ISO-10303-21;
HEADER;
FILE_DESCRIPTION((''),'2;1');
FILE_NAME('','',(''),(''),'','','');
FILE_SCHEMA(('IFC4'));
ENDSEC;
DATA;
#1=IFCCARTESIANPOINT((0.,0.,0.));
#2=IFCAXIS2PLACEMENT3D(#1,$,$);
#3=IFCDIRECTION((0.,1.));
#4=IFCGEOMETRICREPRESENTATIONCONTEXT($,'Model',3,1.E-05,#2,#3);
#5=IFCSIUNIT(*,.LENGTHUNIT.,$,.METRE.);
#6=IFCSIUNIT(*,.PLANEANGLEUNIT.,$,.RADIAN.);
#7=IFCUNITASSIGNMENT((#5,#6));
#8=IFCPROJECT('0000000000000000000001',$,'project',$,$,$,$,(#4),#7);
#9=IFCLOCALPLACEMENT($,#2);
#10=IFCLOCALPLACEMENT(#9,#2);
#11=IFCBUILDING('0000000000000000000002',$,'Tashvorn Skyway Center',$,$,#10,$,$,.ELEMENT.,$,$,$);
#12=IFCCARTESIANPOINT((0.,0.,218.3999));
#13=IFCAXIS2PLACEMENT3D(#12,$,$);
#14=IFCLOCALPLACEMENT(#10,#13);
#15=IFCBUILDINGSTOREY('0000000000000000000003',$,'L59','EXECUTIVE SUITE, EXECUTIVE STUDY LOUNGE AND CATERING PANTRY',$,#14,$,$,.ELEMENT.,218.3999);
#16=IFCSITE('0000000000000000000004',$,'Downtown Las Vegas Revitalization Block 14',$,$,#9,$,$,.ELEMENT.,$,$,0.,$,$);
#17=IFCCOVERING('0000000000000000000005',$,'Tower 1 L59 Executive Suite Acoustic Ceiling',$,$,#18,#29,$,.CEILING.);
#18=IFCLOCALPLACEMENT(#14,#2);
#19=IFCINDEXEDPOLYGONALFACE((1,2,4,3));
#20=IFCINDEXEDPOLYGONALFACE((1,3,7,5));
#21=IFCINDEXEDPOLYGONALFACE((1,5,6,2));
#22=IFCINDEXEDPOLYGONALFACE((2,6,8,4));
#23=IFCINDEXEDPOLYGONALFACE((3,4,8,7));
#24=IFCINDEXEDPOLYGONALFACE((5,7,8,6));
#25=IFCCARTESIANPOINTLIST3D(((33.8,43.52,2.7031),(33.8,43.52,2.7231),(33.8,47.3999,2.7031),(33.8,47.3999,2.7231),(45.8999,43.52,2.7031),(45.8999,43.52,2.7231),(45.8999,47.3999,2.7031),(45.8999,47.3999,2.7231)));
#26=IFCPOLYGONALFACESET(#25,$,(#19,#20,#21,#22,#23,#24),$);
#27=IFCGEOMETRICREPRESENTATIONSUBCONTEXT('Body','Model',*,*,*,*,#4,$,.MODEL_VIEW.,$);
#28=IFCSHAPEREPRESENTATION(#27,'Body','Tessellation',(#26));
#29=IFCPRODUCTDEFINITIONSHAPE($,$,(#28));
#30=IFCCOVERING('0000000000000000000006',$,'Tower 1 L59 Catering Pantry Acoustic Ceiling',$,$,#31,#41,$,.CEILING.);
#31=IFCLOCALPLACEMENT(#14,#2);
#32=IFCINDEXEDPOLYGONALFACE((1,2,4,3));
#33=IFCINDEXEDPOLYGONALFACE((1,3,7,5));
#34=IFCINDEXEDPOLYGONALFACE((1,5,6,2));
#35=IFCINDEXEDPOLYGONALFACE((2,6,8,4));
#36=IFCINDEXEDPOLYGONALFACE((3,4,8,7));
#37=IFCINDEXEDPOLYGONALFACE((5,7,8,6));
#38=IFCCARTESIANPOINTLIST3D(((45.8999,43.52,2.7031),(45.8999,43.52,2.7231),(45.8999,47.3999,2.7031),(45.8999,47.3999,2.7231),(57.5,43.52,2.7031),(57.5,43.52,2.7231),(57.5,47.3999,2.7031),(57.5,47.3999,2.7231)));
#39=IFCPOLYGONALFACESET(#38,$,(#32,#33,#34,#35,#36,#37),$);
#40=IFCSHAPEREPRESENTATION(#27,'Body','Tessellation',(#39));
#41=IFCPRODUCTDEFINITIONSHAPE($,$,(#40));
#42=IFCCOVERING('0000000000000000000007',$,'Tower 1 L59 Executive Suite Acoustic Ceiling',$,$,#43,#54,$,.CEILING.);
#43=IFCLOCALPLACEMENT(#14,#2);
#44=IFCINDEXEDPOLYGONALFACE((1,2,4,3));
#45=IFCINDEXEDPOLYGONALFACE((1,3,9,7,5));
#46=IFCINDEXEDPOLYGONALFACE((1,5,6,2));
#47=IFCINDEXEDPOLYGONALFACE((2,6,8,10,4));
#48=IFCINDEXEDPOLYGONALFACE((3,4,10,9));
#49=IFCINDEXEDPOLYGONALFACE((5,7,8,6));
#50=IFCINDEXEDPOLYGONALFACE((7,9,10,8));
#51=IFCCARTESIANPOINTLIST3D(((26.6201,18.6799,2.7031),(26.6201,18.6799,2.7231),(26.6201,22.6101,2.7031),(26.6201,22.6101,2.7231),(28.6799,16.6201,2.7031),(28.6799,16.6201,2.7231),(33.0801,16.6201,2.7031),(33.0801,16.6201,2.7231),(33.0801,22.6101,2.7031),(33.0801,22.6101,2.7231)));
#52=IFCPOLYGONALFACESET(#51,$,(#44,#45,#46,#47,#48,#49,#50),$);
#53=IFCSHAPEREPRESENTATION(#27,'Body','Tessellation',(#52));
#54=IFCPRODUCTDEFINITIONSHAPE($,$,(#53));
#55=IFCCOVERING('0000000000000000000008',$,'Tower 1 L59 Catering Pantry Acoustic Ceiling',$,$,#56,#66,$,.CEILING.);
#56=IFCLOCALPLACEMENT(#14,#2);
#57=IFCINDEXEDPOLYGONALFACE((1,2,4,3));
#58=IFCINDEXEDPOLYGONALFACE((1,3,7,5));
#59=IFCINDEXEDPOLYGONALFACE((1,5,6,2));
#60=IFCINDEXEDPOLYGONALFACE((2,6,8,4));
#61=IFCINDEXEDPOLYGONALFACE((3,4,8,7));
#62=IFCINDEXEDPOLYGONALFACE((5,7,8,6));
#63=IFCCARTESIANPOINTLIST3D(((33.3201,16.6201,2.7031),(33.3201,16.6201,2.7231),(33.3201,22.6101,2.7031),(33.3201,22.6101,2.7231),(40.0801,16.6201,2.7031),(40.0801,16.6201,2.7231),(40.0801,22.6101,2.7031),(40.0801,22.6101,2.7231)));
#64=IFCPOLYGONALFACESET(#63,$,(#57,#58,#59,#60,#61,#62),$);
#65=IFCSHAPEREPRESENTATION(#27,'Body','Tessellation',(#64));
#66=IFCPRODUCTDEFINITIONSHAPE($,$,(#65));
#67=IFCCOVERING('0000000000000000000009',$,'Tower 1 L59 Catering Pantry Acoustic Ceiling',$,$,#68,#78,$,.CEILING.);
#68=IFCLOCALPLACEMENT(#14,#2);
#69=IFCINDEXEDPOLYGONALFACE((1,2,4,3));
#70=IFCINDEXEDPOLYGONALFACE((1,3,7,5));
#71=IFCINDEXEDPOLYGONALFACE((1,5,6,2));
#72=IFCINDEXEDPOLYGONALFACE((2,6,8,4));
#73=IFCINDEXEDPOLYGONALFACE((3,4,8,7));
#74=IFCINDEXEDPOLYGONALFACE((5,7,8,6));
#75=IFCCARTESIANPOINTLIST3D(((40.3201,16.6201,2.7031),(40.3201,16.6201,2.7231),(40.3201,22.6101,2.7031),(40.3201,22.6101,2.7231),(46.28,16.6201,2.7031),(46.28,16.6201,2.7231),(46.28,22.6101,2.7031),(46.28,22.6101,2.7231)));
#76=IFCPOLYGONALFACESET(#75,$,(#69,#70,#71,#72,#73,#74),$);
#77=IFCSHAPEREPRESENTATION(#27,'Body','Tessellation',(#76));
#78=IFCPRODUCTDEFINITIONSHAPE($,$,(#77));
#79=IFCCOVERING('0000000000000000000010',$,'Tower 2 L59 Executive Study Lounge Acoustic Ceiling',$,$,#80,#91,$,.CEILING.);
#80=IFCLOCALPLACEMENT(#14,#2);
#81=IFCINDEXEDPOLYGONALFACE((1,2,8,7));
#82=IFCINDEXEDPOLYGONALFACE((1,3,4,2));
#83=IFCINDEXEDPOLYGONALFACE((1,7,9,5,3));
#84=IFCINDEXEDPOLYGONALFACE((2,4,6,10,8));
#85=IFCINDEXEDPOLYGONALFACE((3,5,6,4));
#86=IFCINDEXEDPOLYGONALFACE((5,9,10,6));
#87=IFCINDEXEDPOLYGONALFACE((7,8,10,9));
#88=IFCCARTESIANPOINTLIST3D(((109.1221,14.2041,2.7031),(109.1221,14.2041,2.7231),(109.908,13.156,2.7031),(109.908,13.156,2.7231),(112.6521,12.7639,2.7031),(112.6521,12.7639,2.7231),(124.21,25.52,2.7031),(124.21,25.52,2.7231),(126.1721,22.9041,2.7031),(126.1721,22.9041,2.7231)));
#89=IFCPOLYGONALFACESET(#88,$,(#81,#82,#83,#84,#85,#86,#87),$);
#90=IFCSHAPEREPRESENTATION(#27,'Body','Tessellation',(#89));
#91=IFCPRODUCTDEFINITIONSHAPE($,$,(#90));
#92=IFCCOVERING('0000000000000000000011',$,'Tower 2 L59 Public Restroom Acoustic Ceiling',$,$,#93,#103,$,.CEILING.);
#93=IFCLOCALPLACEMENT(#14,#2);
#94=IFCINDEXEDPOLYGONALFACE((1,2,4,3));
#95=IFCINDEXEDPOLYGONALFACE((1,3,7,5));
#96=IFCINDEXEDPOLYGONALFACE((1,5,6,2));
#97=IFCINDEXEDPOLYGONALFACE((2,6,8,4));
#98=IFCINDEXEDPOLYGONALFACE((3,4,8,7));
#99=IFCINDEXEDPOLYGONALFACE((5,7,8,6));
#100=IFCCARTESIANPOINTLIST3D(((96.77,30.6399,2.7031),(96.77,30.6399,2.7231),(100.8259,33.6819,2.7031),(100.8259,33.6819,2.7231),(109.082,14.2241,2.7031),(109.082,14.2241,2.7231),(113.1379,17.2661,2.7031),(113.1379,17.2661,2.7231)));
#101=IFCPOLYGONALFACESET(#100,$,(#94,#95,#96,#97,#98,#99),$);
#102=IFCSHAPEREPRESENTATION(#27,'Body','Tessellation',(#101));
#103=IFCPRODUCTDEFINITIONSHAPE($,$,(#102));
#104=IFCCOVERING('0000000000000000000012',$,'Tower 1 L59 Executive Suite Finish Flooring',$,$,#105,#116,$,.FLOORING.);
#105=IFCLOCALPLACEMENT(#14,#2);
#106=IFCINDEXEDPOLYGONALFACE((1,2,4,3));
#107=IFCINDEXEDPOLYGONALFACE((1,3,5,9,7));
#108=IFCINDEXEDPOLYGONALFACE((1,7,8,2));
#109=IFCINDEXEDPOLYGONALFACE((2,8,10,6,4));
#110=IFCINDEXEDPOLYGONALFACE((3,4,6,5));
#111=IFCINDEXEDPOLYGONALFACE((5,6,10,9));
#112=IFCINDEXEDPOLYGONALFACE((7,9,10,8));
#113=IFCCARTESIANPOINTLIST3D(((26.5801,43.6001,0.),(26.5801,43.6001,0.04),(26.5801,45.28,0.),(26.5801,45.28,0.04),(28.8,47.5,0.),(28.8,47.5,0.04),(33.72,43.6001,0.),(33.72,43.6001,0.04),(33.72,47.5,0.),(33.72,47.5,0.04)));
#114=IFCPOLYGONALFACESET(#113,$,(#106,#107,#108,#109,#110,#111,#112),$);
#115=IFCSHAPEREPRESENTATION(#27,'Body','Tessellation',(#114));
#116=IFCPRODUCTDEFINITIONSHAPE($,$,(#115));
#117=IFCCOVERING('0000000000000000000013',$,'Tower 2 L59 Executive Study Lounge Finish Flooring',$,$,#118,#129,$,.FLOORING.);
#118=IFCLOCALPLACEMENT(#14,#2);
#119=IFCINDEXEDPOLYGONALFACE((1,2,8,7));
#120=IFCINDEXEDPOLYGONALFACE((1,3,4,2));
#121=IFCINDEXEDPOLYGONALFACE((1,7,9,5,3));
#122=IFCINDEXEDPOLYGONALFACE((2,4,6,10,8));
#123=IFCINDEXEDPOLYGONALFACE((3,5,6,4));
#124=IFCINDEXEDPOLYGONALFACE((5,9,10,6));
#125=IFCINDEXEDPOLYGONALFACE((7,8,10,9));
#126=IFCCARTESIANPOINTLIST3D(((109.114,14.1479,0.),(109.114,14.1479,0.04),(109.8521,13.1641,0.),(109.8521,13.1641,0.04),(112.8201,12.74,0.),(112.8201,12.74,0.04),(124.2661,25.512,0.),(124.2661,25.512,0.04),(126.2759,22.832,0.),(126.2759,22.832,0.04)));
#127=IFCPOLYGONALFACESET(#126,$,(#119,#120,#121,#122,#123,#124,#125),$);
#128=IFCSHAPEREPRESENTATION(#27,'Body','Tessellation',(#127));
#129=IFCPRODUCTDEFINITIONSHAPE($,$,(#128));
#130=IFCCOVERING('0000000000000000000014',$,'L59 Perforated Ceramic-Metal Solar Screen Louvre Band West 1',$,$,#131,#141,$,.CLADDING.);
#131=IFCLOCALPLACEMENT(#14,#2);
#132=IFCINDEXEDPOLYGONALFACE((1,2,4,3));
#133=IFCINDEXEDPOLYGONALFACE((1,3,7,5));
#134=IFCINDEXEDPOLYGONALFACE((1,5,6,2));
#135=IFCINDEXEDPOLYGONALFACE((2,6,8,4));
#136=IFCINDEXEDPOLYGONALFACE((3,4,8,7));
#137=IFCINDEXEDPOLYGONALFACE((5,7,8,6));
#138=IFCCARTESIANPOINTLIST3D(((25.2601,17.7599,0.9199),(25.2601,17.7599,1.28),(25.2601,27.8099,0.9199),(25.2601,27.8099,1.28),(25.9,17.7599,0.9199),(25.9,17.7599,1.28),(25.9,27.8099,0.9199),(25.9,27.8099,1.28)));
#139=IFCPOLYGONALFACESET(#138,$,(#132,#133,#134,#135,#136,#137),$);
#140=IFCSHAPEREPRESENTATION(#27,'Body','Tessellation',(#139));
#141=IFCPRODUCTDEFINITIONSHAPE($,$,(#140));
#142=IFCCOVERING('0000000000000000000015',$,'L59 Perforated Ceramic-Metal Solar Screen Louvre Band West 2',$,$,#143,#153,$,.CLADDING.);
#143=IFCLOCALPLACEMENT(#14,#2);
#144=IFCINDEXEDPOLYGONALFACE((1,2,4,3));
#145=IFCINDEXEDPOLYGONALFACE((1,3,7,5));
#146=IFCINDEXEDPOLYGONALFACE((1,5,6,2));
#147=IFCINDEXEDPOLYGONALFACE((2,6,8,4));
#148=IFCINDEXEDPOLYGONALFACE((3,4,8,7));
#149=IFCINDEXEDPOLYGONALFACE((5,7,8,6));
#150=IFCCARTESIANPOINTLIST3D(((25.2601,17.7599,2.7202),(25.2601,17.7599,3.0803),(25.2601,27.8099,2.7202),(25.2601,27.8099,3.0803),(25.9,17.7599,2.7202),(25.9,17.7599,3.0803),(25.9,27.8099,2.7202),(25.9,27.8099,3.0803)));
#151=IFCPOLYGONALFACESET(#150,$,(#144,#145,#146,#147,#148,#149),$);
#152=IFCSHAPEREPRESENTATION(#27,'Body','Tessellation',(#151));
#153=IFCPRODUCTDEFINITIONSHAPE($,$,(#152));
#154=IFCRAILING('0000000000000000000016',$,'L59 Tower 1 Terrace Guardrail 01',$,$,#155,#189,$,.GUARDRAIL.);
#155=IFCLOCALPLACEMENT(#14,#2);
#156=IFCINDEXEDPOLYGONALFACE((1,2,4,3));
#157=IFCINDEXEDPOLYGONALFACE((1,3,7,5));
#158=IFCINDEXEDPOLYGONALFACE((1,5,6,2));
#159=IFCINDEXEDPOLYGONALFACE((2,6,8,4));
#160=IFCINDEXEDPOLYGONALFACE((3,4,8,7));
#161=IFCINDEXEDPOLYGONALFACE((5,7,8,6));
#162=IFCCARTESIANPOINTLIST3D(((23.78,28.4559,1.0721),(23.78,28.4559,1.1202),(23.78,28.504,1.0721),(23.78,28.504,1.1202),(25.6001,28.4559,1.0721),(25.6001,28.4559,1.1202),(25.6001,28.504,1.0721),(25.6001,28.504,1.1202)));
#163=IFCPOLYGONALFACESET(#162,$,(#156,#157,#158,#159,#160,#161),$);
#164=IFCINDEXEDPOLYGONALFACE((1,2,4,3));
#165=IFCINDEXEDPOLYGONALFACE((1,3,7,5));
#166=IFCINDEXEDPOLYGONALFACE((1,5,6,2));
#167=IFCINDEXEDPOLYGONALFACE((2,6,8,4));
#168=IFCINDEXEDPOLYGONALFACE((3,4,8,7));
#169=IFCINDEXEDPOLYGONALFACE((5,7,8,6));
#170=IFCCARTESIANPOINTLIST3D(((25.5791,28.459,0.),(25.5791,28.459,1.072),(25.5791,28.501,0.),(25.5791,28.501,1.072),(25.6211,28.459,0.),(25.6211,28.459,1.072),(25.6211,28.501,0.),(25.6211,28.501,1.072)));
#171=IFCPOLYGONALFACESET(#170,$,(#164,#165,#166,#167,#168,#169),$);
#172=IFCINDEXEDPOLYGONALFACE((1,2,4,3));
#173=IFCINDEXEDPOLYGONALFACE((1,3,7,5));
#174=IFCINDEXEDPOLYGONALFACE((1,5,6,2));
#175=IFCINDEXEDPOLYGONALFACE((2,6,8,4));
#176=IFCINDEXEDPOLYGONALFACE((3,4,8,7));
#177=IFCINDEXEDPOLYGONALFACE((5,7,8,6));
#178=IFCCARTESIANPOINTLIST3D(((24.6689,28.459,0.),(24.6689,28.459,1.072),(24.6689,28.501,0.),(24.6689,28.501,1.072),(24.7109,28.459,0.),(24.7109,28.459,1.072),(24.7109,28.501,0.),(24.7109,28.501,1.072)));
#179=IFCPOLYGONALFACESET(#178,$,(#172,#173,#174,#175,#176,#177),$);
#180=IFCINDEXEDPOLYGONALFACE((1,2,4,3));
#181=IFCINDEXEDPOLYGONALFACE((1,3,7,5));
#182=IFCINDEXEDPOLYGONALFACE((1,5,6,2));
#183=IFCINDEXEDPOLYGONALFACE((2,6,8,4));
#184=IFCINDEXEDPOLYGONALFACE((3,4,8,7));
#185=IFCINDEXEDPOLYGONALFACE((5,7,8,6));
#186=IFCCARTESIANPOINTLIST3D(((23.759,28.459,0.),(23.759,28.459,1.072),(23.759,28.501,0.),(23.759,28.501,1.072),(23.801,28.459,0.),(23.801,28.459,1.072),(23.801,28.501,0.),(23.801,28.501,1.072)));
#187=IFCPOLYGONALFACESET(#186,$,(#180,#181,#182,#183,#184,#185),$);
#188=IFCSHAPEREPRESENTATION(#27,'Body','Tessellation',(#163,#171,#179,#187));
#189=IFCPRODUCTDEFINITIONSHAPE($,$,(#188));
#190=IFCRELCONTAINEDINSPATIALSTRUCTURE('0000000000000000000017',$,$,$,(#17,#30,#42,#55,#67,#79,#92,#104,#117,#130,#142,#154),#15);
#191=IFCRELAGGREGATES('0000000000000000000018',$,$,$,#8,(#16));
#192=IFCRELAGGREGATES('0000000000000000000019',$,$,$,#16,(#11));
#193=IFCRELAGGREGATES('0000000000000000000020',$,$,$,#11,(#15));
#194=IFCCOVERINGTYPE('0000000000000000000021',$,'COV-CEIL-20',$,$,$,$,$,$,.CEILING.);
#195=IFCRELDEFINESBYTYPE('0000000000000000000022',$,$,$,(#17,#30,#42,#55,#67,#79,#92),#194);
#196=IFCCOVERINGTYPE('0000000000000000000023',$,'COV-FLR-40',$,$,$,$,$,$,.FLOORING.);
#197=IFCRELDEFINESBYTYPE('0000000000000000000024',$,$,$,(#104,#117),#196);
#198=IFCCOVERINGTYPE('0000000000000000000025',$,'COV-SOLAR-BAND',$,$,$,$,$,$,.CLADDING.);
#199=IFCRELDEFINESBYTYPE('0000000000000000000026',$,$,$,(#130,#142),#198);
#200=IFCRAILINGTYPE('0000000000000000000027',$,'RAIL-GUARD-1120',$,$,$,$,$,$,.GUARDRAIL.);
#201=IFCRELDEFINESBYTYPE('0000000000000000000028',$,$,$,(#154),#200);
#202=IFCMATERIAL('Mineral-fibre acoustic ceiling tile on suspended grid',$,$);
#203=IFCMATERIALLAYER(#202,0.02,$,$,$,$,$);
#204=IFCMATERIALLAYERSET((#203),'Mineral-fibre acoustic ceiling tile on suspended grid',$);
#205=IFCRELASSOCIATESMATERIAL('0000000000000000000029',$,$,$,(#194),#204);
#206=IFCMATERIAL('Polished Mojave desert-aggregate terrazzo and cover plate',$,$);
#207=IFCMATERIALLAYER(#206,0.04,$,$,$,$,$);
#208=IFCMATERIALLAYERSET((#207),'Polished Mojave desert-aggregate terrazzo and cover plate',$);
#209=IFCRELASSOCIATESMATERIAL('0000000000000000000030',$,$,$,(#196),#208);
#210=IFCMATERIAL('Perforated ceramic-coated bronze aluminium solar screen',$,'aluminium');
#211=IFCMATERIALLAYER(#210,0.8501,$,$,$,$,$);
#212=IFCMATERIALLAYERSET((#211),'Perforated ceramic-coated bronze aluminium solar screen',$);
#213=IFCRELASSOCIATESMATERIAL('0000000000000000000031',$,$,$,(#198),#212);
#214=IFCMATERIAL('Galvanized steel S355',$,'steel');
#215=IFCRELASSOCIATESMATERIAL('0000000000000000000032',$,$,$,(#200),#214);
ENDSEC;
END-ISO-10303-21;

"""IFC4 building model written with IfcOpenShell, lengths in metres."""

from ifc_helpers import new_model, si_unit, direction, frame, origin, origin_2d, place, context, subcontext, project, spatial, polyline, rectangle, outline, extrude, material, layer, layer_set, type_object, element, save


model = new_model("IFC4")

# Units and contexts
model_context = context("Model", 3, precision=1e-05, world=origin(), true_north=direction((0.0, 1.0)))
body_context = subcontext(model_context, "Body", "Model", "MODEL_VIEW")
ifc_project = project(units=[si_unit("LENGTHUNIT", "METRE"), si_unit("PLANEANGLEUNIT", "RADIAN")], contexts=[model_context])

# Site, building, storey
site_placement = place(None, origin())
site = spatial("IfcSite", under=ifc_project, at=site_placement, Name="Downtown Las Vegas Revitalization Block 14", CompositionType="ELEMENT", RefElevation=0.0)
building_placement = place(site_placement, origin())
building = spatial("IfcBuilding", under=site, at=building_placement, Name="Tashvorn Skyway Center", CompositionType="ELEMENT")
storey_placement = place(building_placement, frame((0.0, 0.0, 218.3999)))
storey = spatial("IfcBuildingStorey", under=building, at=storey_placement, Name="L59", Description="EXECUTIVE SUITE, EXECUTIVE STUDY LOUNGE AND CATERING PANTRY", CompositionType="ELEMENT", Elevation=218.3999)

# Coverings
ifc_material_1 = material(Name="Mineral-fibre acoustic ceiling tile on suspended grid")
ifc_layer_1 = layer(ifc_material_1, 0.02)
ifc_layer_set_1 = layer_set([ifc_layer_1], Name="Mineral-fibre acoustic ceiling tile on suspended grid")
covering_type_1 = type_object("IfcCoveringType", Name="COV-CEIL-20", PredefinedType="CEILING", material=ifc_layer_set_1)
covering_1_placement = place(storey_placement, frame((0.0, 0.0, 2.7031)))
element("IfcCovering", 1, at=covering_1_placement, inside=storey, type_object=covering_type_1, Name="Tower 1 L59 Executive Suite Acoustic Ceiling", PredefinedType="CEILING", context=body_context, shape_type="SweptSolid", body=[
    extrude(outline(polyline([(33.8, 43.52), (45.8999, 43.52), (45.8999, 47.3999), (33.8, 47.3999), (33.8, 43.52)])), origin(), (0.0, 0.0, 1.0), 0.02),
])
covering_2_placement = place(storey_placement, frame((0.0, 0.0, 2.7031)))
element("IfcCovering", 2, at=covering_2_placement, inside=storey, type_object=covering_type_1, Name="Tower 1 L59 Catering Pantry Acoustic Ceiling", PredefinedType="CEILING", context=body_context, shape_type="SweptSolid", body=[
    extrude(outline(polyline([(45.8999, 43.52), (57.5, 43.52), (57.5, 47.3999), (45.8999, 47.3999), (45.8999, 43.52)])), origin(), (0.0, 0.0, 1.0), 0.02),
])
covering_3_placement = place(storey_placement, frame((0.0, 0.0, 2.7031)))
element("IfcCovering", 3, at=covering_3_placement, inside=storey, type_object=covering_type_1, Name="Tower 1 L59 Executive Suite Acoustic Ceiling", PredefinedType="CEILING", context=body_context, shape_type="SweptSolid", body=[
    extrude(outline(polyline([(26.6201, 22.6101), (33.0801, 22.6101), (33.0801, 16.6201), (28.6799, 16.6201), (26.6201, 18.6799), (26.6201, 22.6101)])), origin(), (0.0, 0.0, 1.0), 0.02),
])
covering_4_placement = place(storey_placement, frame((0.0, 0.0, 2.7031)))
element("IfcCovering", 4, at=covering_4_placement, inside=storey, type_object=covering_type_1, Name="Tower 1 L59 Catering Pantry Acoustic Ceiling", PredefinedType="CEILING", context=body_context, shape_type="SweptSolid", body=[
    extrude(outline(polyline([(33.3201, 22.6101), (40.0801, 22.6101), (40.0801, 16.6201), (33.3201, 16.6201), (33.3201, 22.6101)])), origin(), (0.0, 0.0, 1.0), 0.02),
])
covering_5_placement = place(storey_placement, frame((0.0, 0.0, 2.7031)))
element("IfcCovering", 5, at=covering_5_placement, inside=storey, type_object=covering_type_1, Name="Tower 1 L59 Catering Pantry Acoustic Ceiling", PredefinedType="CEILING", context=body_context, shape_type="SweptSolid", body=[
    extrude(outline(polyline([(40.3201, 22.6101), (46.28, 22.6101), (46.28, 16.6201), (40.3201, 16.6201), (40.3201, 22.6101)])), origin(), (0.0, 0.0, 1.0), 0.02),
])
covering_6_placement = place(storey_placement, frame((0.0, 0.0, 2.7031)))
element("IfcCovering", 6, at=covering_6_placement, inside=storey, type_object=covering_type_1, Name="Tower 2 L59 Executive Study Lounge Acoustic Ceiling", PredefinedType="CEILING", context=body_context, shape_type="SweptSolid", body=[
    extrude(outline(polyline([(109.1221, 14.2041), (124.21, 25.52), (126.1721, 22.9041), (112.6521, 12.7639), (109.908, 13.156), (109.1221, 14.2041)])), origin(), (0.0, 0.0, 1.0), 0.02),
])
covering_7_placement = place(storey_placement, frame((0.0, 0.0, 2.7031)))
element("IfcCovering", 7, at=covering_7_placement, inside=storey, type_object=covering_type_1, Name="Tower 2 L59 Public Restroom Acoustic Ceiling", PredefinedType="CEILING", context=body_context, shape_type="SweptSolid", body=[
    extrude(outline(polyline([(109.082, 14.2241), (113.1379, 17.2661), (100.8259, 33.6819), (96.77, 30.6399), (109.082, 14.2241)])), origin(), (0.0, 0.0, 1.0), 0.02),
])
ifc_material_2 = material(Name="Polished Mojave desert-aggregate terrazzo and cover plate")
ifc_layer_2 = layer(ifc_material_2, 0.04)
ifc_layer_set_2 = layer_set([ifc_layer_2], Name="Polished Mojave desert-aggregate terrazzo and cover plate")
covering_type_2 = type_object("IfcCoveringType", Name="COV-FLR-40", PredefinedType="FLOORING", material=ifc_layer_set_2)
covering_8_placement = place(storey_placement, origin())
element("IfcCovering", 8, at=covering_8_placement, inside=storey, type_object=covering_type_2, Name="Tower 1 L59 Executive Suite Finish Flooring", PredefinedType="FLOORING", context=body_context, shape_type="SweptSolid", body=[
    extrude(outline(polyline([(33.72, 43.6001), (26.5801, 43.6001), (26.5801, 45.28), (28.8, 47.5), (33.72, 47.5), (33.72, 43.6001)])), origin(), (0.0, 0.0, 1.0), 0.04),
])
covering_9_placement = place(storey_placement, origin())
element("IfcCovering", 9, at=covering_9_placement, inside=storey, type_object=covering_type_2, Name="Tower 2 L59 Executive Study Lounge Finish Flooring", PredefinedType="FLOORING", context=body_context, shape_type="SweptSolid", body=[
    extrude(outline(polyline([(112.8201, 12.74), (109.8521, 13.1641), (109.114, 14.1479), (124.2661, 25.512), (126.2759, 22.832), (112.8201, 12.74)])), origin(), (0.0, 0.0, 1.0), 0.04),
])
ifc_material_3 = material(Name="Perforated ceramic-coated bronze aluminium solar screen", Category="aluminium")
ifc_layer_3 = layer(ifc_material_3, 0.8501)
ifc_layer_set_3 = layer_set([ifc_layer_3], Name="Perforated ceramic-coated bronze aluminium solar screen")
covering_type_3 = type_object("IfcCoveringType", Name="COV-SOLAR-BAND", PredefinedType="CLADDING", material=ifc_layer_set_3)
for number, where, z_axis, x_axis, name in (
    (10, (25.5801, 22.7849, 0.9199), (0.0, 0.0, 1.0), (0.0, 1.0, 0.0), "L59 Perforated Ceramic-Metal Solar Screen Louvre Band West 1"),
    (11, (25.5801, 22.7849, 2.7202), (0.0, 0.0, 1.0), (0.0, 1.0, 0.0), "L59 Perforated Ceramic-Metal Solar Screen Louvre Band West 2"),
):
    element("IfcCovering", number, at=place(storey_placement, frame(where, z_axis=z_axis, x_axis=x_axis)), inside=storey, type_object=covering_type_3, Name=name, PredefinedType="CLADDING", context=body_context, shape_type="SweptSolid", body=[
        extrude(rectangle(XDim=10.05, YDim=0.6399, at=origin_2d()), origin(), (0.0, 0.0, 1.0), 0.3601),
    ])

# Railing
ifc_material_4 = material(Name="Galvanized steel S355", Category="steel")
railing_type = type_object("IfcRailingType", Name="RAIL-GUARD-1120", PredefinedType="GUARDRAIL", material=ifc_material_4)
railing_1_placement = place(storey_placement, frame((25.6001, 28.48, 0.0)))
element("IfcRailing", 12, at=railing_1_placement, inside=storey, type_object=railing_type, Name="L59 Tower 1 Terrace Guardrail 01", PredefinedType="GUARDRAIL", context=body_context, shape_type="SweptSolid", body=[
    extrude(rectangle(XDim=0.0481, YDim=0.0481, at=origin_2d()), frame((0.0, 0.0, 1.0962), z_axis=(-1.0, 0.0, 0.0), x_axis=(0.0, -1.0, 0.0)), (0.0, 0.0, 1.0), 1.8201),
    extrude(rectangle(XDim=0.042, YDim=0.042, at=origin_2d()), origin(), (0.0, 0.0, 1.0), 1.072),
    extrude(rectangle(XDim=0.042, YDim=0.042, at=origin_2d()), frame((-0.9102, 0.0, 0.0)), (0.0, 0.0, 1.0), 1.072),
    extrude(rectangle(XDim=0.042, YDim=0.042, at=origin_2d()), frame((-1.8201, 0.0, 0.0)), (0.0, 0.0, 1.0), 1.072),
])

save(model, "model.ifc")
